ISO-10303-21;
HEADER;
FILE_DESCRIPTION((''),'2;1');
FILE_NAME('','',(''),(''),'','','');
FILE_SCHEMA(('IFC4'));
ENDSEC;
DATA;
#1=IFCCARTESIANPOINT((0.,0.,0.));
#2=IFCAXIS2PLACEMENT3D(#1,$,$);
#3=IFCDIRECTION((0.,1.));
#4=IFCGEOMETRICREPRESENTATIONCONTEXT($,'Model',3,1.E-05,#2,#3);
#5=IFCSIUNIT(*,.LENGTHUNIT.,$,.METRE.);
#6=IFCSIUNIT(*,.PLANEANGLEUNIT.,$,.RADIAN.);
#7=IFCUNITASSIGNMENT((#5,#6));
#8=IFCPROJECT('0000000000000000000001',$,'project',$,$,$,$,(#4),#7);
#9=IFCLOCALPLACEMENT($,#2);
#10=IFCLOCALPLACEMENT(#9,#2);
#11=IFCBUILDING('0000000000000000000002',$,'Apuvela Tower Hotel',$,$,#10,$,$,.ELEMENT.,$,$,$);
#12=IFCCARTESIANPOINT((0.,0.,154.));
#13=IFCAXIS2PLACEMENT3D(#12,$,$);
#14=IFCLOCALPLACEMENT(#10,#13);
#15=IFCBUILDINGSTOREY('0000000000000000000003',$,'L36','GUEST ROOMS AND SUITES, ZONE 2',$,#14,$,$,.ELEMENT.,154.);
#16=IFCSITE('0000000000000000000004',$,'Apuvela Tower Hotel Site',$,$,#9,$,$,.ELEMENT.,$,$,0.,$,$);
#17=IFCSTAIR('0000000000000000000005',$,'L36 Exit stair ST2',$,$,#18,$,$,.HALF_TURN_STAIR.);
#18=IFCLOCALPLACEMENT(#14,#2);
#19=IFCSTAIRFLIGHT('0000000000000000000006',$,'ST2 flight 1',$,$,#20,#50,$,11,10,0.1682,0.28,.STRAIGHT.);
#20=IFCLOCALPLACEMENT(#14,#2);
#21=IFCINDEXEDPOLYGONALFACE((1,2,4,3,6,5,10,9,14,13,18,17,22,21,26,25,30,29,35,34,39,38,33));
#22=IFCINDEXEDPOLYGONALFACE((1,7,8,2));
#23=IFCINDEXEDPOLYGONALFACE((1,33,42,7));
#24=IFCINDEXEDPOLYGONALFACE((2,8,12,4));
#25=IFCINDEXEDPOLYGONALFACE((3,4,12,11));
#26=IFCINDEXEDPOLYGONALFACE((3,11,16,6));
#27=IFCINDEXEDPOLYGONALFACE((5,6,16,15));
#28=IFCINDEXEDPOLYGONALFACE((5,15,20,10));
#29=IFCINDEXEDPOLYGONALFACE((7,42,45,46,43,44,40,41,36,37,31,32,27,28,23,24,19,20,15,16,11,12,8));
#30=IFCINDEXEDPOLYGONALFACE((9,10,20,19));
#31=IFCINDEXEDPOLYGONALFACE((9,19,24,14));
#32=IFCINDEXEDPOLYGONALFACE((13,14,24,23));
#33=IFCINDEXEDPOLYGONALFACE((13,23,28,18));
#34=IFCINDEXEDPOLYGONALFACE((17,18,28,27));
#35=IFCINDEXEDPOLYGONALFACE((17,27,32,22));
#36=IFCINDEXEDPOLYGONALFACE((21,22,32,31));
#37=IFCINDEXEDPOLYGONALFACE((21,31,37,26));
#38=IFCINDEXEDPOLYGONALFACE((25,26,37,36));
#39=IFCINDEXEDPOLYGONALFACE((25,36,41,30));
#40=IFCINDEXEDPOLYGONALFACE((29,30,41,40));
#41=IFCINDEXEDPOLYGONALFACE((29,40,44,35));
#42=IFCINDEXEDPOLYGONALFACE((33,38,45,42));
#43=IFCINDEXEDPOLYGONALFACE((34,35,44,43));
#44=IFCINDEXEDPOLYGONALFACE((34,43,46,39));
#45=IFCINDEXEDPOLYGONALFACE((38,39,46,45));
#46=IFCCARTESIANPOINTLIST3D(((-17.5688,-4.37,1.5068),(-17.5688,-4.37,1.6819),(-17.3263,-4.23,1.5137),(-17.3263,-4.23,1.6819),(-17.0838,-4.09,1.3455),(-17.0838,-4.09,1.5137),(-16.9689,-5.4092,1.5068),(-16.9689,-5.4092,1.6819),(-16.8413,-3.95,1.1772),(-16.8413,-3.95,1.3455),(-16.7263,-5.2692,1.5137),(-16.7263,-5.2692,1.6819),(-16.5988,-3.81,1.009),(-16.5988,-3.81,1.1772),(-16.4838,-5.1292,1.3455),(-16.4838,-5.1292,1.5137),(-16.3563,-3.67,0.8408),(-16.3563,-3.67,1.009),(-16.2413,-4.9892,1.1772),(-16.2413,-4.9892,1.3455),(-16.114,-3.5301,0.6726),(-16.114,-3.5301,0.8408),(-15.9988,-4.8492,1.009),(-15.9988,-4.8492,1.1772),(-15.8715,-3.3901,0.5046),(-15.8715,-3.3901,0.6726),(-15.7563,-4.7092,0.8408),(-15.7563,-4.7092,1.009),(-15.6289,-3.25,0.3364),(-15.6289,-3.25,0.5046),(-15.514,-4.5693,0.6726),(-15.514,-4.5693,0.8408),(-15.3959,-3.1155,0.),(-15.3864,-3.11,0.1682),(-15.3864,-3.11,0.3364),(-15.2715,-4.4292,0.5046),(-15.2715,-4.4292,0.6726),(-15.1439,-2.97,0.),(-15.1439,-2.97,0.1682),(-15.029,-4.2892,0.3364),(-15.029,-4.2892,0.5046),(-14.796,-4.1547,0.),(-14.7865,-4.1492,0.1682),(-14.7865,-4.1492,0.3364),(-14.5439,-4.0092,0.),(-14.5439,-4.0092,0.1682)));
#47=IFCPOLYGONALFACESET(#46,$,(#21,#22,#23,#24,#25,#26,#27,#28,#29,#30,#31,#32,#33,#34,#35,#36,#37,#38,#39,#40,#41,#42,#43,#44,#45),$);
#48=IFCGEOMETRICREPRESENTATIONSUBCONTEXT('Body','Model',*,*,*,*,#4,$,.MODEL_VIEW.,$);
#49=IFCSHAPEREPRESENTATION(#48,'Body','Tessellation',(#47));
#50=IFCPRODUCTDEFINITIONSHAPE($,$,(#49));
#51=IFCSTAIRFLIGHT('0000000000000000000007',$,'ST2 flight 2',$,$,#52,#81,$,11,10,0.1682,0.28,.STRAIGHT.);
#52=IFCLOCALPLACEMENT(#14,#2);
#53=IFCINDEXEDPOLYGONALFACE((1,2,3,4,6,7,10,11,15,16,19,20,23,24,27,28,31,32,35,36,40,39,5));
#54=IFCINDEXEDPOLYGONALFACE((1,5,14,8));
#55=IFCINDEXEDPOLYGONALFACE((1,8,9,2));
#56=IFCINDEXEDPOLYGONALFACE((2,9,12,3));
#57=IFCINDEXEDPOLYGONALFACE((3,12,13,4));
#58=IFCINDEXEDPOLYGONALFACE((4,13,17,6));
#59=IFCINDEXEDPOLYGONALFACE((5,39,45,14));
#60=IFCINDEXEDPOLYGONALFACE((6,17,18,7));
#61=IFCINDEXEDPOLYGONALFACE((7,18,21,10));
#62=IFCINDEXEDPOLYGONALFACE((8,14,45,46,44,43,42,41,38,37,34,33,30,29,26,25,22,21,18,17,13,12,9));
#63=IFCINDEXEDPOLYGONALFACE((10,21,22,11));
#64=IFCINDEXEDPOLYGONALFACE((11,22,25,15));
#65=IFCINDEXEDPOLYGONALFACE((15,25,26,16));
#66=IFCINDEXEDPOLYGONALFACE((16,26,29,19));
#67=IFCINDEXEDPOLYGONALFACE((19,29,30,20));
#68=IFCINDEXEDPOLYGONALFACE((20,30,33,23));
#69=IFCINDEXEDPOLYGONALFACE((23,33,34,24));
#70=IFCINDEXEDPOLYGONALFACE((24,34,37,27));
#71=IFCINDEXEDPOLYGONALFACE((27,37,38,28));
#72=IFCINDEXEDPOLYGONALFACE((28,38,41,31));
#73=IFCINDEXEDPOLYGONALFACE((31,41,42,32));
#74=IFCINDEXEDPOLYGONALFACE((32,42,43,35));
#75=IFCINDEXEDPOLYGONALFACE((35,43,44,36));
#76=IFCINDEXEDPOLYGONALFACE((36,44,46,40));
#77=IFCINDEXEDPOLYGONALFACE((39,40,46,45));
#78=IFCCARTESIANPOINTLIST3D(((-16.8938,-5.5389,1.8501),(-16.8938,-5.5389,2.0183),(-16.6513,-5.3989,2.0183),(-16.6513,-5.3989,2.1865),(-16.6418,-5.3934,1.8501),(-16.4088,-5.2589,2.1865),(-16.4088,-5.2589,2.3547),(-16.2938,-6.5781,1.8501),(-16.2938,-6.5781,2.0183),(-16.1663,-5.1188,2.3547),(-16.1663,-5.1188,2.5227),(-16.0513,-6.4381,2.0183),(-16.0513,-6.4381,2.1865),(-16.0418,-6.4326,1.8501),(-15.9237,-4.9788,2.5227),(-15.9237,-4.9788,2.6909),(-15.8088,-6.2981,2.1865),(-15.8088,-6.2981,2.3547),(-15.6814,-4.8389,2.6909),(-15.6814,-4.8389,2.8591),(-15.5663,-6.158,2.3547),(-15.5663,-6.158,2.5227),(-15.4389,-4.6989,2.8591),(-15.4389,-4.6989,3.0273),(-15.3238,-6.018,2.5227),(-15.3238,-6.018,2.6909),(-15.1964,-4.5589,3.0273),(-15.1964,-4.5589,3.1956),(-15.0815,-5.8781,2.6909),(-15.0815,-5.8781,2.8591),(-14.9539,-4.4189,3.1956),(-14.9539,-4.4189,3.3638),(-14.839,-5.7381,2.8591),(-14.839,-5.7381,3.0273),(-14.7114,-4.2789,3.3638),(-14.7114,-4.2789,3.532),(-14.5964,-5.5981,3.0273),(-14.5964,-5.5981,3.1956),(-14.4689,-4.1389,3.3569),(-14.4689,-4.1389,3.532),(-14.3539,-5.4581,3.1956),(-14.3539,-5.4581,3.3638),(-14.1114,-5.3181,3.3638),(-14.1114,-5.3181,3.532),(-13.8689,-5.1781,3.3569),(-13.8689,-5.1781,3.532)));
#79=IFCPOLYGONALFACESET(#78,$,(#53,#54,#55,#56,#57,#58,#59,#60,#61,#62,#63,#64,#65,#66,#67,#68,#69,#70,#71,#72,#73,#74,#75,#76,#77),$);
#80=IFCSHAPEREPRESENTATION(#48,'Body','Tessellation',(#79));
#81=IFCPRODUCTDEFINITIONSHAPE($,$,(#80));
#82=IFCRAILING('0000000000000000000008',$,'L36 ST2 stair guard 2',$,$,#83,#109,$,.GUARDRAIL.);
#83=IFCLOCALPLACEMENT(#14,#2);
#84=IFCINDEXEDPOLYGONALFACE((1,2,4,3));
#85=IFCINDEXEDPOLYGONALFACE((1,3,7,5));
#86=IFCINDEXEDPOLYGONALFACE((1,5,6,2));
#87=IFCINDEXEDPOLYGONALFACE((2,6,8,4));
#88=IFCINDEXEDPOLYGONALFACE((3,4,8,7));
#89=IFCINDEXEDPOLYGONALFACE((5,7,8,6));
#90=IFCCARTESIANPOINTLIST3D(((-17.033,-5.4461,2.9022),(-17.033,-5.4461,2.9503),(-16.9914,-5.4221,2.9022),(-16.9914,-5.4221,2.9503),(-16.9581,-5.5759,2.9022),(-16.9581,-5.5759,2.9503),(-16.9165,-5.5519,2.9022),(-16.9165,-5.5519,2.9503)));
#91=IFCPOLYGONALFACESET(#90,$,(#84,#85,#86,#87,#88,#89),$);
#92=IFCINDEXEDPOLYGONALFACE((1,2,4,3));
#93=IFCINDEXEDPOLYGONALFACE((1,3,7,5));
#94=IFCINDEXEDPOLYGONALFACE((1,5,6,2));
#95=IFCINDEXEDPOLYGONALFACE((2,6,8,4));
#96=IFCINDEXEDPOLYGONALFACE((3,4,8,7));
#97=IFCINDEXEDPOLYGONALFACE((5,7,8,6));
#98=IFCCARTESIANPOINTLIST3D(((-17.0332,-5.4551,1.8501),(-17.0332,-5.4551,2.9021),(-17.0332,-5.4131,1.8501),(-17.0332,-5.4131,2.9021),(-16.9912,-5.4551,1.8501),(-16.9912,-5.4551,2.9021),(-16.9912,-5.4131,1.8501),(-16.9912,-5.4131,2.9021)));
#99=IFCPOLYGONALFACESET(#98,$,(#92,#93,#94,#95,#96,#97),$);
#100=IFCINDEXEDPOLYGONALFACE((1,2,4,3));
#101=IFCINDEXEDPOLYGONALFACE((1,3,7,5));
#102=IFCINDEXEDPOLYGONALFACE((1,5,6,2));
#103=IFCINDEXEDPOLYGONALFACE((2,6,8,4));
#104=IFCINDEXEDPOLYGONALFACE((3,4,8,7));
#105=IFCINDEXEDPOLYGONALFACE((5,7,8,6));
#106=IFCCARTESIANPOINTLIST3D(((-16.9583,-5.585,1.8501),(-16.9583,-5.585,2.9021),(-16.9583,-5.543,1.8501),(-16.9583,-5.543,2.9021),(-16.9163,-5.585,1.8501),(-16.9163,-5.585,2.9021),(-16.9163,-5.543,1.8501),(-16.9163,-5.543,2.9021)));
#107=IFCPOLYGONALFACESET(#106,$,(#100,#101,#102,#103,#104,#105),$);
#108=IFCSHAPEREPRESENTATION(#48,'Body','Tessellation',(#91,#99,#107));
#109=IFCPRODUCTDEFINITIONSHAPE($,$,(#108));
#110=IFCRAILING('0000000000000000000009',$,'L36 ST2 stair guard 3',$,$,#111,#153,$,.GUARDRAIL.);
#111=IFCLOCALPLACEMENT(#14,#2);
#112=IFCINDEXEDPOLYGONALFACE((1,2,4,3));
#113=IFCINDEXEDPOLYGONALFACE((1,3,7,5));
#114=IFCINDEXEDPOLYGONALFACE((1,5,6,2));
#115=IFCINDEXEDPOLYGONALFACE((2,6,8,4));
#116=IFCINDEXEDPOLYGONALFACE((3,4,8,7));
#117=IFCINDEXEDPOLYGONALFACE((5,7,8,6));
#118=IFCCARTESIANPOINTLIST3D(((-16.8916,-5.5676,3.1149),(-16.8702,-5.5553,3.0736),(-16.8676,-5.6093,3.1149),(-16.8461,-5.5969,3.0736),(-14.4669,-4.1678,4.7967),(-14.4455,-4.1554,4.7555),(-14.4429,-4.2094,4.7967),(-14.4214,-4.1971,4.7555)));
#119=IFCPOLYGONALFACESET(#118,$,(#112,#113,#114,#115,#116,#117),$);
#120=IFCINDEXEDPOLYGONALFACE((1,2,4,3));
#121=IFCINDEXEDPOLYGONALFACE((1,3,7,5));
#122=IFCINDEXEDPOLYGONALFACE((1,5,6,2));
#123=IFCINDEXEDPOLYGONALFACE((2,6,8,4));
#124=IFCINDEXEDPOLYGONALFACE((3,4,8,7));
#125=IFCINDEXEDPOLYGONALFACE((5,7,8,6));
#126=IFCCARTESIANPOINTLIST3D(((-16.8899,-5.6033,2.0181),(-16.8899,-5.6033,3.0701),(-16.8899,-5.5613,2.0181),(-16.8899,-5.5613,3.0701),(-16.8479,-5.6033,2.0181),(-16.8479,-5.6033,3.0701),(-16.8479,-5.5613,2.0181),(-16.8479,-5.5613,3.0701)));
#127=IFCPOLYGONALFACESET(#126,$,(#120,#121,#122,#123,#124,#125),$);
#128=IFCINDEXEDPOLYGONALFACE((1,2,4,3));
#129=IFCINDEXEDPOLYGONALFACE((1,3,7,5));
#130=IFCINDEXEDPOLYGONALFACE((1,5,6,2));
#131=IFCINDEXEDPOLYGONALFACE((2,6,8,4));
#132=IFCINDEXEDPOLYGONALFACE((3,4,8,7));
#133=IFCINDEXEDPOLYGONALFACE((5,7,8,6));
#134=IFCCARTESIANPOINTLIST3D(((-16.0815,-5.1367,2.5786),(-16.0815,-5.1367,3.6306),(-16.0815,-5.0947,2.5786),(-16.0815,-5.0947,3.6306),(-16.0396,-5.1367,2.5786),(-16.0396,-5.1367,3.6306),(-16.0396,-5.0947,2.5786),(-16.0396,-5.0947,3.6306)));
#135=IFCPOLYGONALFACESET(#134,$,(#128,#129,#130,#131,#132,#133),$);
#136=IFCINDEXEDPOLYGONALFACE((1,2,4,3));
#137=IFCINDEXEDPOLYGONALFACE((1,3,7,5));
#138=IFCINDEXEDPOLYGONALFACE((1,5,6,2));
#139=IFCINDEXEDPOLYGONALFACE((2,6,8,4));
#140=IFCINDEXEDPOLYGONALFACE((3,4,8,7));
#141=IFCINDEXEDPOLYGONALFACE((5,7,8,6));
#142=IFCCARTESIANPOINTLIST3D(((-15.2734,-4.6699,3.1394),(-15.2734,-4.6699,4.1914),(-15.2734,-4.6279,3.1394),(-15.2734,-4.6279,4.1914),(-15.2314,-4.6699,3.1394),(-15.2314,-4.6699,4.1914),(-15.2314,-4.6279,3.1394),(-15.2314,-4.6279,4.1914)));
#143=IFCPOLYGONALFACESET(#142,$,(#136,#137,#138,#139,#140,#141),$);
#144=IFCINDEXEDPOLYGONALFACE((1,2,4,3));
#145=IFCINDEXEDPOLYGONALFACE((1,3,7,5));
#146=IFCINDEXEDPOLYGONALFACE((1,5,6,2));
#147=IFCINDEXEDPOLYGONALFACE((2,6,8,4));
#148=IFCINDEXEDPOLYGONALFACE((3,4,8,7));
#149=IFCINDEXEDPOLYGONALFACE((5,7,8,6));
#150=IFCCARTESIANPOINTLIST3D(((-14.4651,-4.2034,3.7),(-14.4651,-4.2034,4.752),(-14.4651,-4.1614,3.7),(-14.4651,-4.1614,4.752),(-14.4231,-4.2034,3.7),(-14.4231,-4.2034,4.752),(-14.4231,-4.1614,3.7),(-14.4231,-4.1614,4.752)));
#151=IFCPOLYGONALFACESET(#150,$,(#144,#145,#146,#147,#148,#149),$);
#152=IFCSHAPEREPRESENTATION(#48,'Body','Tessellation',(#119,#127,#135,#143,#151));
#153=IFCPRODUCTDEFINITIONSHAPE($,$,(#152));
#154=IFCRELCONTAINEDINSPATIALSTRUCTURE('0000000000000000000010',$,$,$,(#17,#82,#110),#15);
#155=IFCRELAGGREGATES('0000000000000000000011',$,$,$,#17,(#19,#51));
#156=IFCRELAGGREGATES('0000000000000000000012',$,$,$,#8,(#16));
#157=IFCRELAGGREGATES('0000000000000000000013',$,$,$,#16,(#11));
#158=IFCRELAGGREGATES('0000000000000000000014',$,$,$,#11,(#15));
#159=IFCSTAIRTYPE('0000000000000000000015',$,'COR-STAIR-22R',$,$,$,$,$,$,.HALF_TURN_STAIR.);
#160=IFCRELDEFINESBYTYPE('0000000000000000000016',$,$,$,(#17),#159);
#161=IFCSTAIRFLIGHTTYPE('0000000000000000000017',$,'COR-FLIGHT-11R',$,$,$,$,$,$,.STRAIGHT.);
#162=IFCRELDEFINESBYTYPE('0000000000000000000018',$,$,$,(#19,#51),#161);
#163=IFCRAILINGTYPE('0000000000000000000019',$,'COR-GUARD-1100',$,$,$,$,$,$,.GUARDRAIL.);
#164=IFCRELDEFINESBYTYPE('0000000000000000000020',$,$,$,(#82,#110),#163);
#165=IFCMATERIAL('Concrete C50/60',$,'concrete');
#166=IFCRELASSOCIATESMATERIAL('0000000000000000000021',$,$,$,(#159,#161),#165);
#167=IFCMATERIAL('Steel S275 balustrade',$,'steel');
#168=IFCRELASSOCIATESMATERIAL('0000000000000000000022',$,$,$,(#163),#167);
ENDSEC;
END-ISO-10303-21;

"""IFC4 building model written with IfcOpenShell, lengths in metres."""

from ifc_helpers import new_model, si_unit, direction, frame, origin, origin_2d, place, context, subcontext, project, spatial, polyline, rectangle, outline, extrude, material, type_object, element, aggregate, save


model = new_model("IFC4")

# Units and contexts
model_context = context("Model", 3, precision=1e-05, world=origin(), true_north=direction((0.0, 1.0)))
body_context = subcontext(model_context, "Body", "Model", "MODEL_VIEW")
ifc_project = project(units=[si_unit("LENGTHUNIT", "METRE"), si_unit("PLANEANGLEUNIT", "RADIAN")], contexts=[model_context])

# Site, building, storey
site_placement = place(None, origin())
site = spatial("IfcSite", under=ifc_project, at=site_placement, Name="Apuvela Tower Hotel Site", CompositionType="ELEMENT", RefElevation=0.0)
building_placement = place(site_placement, origin())
building = spatial("IfcBuilding", under=site, at=building_placement, Name="Apuvela Tower Hotel", CompositionType="ELEMENT")
storey_placement = place(building_placement, frame((0.0, 0.0, 154.0)))
storey = spatial("IfcBuildingStorey", under=building, at=storey_placement, Name="L36", Description="GUEST ROOMS AND SUITES, ZONE 2", CompositionType="ELEMENT", Elevation=154.0)

# Shared definitions
ifc_material_1 = material(Name="Concrete C50/60", Category="concrete")

# Stair, stair flights
stair_type = type_object("IfcStairType", Name="COR-STAIR-22R", PredefinedType="HALF_TURN_STAIR", material=ifc_material_1)
stair_placement = place(storey_placement, origin())
stair = element("IfcStair", 1, at=stair_placement, inside=storey, type_object=stair_type, Name="L36 Exit stair ST2", PredefinedType="HALF_TURN_STAIR")
stair_flight_type = type_object("IfcStairFlightType", Name="COR-FLIGHT-11R", PredefinedType="STRAIGHT", material=ifc_material_1)
stair_flight_1_placement = place(storey_placement, frame((-14.844, -3.4895, 0.0), z_axis=(0.0, 0.0, 1.0), x_axis=(-0.866025, -0.5, 0.0)))
stair_flight_1 = element("IfcStairFlight", 2, at=stair_flight_1_placement, type_object=stair_flight_type, Name="ST2 flight 1", NumberOfRisers=11, NumberOfTreads=10, PredefinedType="STRAIGHT", RiserHeight=0.1682, TreadLength=0.28, context=body_context, shape_type="SweptSolid", body=[
    extrude(outline(polyline([(0.0, 0.0), (0.0, 0.1682), (0.28, 0.1682), (0.28, 0.3364), (0.5601, 0.3364), (0.5601, 0.5046), (0.8401, 0.5046), (0.8401, 0.6726), (1.1201, 0.6726), (1.1201, 0.8408), (1.3999, 0.8408), (1.3999, 1.009), (1.6799, 1.009), (1.6799, 1.1772), (1.96, 1.1772), (1.96, 1.3455), (2.24, 1.3455), (2.24, 1.5137), (2.52, 1.5137), (2.52, 1.6819), (2.8, 1.6819), (2.8, 1.8501), (2.8, 1.5068), (0.291, 0.0), (0.0, 0.0)])), frame((0.0, 0.6001, 0.0), z_axis=(0.0, -1.0, 0.0), x_axis=(1.0, 0.0, 0.0)), (0.0, 0.0, 1.0), 1.2),
])
stair_flight_2_placement = place(storey_placement, frame((-16.5938, -6.0586, 1.8501), z_axis=(0.0, 0.0, 1.0), x_axis=(0.866025, 0.5, 0.0)))
stair_flight_2 = element("IfcStairFlight", 3, at=stair_flight_2_placement, type_object=stair_flight_type, Name="ST2 flight 2", NumberOfRisers=11, NumberOfTreads=10, PredefinedType="STRAIGHT", RiserHeight=0.1682, TreadLength=0.28, context=body_context, shape_type="SweptSolid", body=[
    extrude(outline(polyline([(0.0, 0.0), (0.0, 0.1682), (0.28, 0.1682), (0.28, 0.3364), (0.5601, 0.3364), (0.5601, 0.5046), (0.8401, 0.5046), (0.8401, 0.6726), (1.1201, 0.6726), (1.1201, 0.8408), (1.3999, 0.8408), (1.3999, 1.009), (1.6799, 1.009), (1.6799, 1.1772), (1.96, 1.1772), (1.96, 1.3455), (2.24, 1.3455), (2.24, 1.5137), (2.52, 1.5137), (2.52, 1.6819), (2.8, 1.6819), (2.8, 1.8501), (2.8, 1.5068), (0.291, 0.0), (0.0, 0.0)])), frame((0.0, 0.6001, 0.0), z_axis=(0.0, -1.0, 0.0), x_axis=(1.0, 0.0, 0.0)), (0.0, 0.0, 1.0), 1.2),
])
aggregate(stair, [stair_flight_1, stair_flight_2])

# Railings
ifc_material_2 = material(Name="Steel S275 balustrade", Category="steel")
railing_type_1 = type_object("IfcRailingType", Name="COR-GUARD-1100", PredefinedType="GUARDRAIL", material=ifc_material_2)
railing_1_placement = place(storey_placement, frame((-17.0122, -5.4341, 1.8501)))
element("IfcRailing", 4, at=railing_1_placement, inside=storey, type_object=railing_type_1, Name="L36 ST2 stair guard 2", PredefinedType="GUARDRAIL", context=body_context, shape_type="SweptSolid", body=[
    extrude(rectangle(XDim=0.0481, YDim=0.0481, at=origin_2d()), frame((0.0, 0.0, 1.0762), z_axis=(0.499816, -0.866131, 0.0), x_axis=(0.866131, 0.499816, 0.0)), (0.0, 0.0, 1.0), 0.1499),
    extrude(rectangle(XDim=0.042, YDim=0.042, at=origin_2d()), origin(), (0.0, 0.0, 1.0), 1.052),
    extrude(rectangle(XDim=0.042, YDim=0.042, at=origin_2d()), frame((0.075, -0.1299, 0.0)), (0.0, 0.0, 1.0), 1.052),
])
railing_2_placement = place(storey_placement, frame((-16.8689, -5.5823, 2.0181)))
element("IfcRailing", 5, at=railing_2_placement, inside=storey, type_object=railing_type_1, Name="L36 ST2 stair guard 3", PredefinedType="GUARDRAIL", context=body_context, shape_type="SweptSolid", body=[
    extrude(rectangle(XDim=0.0481, YDim=0.0481, at=origin_2d()), frame((0.0, 0.0, 1.0762), z_axis=(0.74239, 0.428601, 0.514934), x_axis=(-0.499984, 0.866035, 0.0)), (0.0, 0.0, 1.0), 3.2661),
    extrude(rectangle(XDim=0.042, YDim=0.042, at=origin_2d()), origin(), (0.0, 0.0, 1.0), 1.052),
    extrude(rectangle(XDim=0.042, YDim=0.042, at=origin_2d()), frame((0.8083, 0.4666, 0.5605)), (0.0, 0.0, 1.0), 1.052),
    extrude(rectangle(XDim=0.042, YDim=0.042, at=origin_2d()), frame((1.6165, 0.9333, 1.1213)), (0.0, 0.0, 1.0), 1.052),
    extrude(rectangle(XDim=0.042, YDim=0.042, at=origin_2d()), frame((2.4248, 1.3999, 1.6819)), (0.0, 0.0, 1.0), 1.052),
])

save(model, "model.ifc")
